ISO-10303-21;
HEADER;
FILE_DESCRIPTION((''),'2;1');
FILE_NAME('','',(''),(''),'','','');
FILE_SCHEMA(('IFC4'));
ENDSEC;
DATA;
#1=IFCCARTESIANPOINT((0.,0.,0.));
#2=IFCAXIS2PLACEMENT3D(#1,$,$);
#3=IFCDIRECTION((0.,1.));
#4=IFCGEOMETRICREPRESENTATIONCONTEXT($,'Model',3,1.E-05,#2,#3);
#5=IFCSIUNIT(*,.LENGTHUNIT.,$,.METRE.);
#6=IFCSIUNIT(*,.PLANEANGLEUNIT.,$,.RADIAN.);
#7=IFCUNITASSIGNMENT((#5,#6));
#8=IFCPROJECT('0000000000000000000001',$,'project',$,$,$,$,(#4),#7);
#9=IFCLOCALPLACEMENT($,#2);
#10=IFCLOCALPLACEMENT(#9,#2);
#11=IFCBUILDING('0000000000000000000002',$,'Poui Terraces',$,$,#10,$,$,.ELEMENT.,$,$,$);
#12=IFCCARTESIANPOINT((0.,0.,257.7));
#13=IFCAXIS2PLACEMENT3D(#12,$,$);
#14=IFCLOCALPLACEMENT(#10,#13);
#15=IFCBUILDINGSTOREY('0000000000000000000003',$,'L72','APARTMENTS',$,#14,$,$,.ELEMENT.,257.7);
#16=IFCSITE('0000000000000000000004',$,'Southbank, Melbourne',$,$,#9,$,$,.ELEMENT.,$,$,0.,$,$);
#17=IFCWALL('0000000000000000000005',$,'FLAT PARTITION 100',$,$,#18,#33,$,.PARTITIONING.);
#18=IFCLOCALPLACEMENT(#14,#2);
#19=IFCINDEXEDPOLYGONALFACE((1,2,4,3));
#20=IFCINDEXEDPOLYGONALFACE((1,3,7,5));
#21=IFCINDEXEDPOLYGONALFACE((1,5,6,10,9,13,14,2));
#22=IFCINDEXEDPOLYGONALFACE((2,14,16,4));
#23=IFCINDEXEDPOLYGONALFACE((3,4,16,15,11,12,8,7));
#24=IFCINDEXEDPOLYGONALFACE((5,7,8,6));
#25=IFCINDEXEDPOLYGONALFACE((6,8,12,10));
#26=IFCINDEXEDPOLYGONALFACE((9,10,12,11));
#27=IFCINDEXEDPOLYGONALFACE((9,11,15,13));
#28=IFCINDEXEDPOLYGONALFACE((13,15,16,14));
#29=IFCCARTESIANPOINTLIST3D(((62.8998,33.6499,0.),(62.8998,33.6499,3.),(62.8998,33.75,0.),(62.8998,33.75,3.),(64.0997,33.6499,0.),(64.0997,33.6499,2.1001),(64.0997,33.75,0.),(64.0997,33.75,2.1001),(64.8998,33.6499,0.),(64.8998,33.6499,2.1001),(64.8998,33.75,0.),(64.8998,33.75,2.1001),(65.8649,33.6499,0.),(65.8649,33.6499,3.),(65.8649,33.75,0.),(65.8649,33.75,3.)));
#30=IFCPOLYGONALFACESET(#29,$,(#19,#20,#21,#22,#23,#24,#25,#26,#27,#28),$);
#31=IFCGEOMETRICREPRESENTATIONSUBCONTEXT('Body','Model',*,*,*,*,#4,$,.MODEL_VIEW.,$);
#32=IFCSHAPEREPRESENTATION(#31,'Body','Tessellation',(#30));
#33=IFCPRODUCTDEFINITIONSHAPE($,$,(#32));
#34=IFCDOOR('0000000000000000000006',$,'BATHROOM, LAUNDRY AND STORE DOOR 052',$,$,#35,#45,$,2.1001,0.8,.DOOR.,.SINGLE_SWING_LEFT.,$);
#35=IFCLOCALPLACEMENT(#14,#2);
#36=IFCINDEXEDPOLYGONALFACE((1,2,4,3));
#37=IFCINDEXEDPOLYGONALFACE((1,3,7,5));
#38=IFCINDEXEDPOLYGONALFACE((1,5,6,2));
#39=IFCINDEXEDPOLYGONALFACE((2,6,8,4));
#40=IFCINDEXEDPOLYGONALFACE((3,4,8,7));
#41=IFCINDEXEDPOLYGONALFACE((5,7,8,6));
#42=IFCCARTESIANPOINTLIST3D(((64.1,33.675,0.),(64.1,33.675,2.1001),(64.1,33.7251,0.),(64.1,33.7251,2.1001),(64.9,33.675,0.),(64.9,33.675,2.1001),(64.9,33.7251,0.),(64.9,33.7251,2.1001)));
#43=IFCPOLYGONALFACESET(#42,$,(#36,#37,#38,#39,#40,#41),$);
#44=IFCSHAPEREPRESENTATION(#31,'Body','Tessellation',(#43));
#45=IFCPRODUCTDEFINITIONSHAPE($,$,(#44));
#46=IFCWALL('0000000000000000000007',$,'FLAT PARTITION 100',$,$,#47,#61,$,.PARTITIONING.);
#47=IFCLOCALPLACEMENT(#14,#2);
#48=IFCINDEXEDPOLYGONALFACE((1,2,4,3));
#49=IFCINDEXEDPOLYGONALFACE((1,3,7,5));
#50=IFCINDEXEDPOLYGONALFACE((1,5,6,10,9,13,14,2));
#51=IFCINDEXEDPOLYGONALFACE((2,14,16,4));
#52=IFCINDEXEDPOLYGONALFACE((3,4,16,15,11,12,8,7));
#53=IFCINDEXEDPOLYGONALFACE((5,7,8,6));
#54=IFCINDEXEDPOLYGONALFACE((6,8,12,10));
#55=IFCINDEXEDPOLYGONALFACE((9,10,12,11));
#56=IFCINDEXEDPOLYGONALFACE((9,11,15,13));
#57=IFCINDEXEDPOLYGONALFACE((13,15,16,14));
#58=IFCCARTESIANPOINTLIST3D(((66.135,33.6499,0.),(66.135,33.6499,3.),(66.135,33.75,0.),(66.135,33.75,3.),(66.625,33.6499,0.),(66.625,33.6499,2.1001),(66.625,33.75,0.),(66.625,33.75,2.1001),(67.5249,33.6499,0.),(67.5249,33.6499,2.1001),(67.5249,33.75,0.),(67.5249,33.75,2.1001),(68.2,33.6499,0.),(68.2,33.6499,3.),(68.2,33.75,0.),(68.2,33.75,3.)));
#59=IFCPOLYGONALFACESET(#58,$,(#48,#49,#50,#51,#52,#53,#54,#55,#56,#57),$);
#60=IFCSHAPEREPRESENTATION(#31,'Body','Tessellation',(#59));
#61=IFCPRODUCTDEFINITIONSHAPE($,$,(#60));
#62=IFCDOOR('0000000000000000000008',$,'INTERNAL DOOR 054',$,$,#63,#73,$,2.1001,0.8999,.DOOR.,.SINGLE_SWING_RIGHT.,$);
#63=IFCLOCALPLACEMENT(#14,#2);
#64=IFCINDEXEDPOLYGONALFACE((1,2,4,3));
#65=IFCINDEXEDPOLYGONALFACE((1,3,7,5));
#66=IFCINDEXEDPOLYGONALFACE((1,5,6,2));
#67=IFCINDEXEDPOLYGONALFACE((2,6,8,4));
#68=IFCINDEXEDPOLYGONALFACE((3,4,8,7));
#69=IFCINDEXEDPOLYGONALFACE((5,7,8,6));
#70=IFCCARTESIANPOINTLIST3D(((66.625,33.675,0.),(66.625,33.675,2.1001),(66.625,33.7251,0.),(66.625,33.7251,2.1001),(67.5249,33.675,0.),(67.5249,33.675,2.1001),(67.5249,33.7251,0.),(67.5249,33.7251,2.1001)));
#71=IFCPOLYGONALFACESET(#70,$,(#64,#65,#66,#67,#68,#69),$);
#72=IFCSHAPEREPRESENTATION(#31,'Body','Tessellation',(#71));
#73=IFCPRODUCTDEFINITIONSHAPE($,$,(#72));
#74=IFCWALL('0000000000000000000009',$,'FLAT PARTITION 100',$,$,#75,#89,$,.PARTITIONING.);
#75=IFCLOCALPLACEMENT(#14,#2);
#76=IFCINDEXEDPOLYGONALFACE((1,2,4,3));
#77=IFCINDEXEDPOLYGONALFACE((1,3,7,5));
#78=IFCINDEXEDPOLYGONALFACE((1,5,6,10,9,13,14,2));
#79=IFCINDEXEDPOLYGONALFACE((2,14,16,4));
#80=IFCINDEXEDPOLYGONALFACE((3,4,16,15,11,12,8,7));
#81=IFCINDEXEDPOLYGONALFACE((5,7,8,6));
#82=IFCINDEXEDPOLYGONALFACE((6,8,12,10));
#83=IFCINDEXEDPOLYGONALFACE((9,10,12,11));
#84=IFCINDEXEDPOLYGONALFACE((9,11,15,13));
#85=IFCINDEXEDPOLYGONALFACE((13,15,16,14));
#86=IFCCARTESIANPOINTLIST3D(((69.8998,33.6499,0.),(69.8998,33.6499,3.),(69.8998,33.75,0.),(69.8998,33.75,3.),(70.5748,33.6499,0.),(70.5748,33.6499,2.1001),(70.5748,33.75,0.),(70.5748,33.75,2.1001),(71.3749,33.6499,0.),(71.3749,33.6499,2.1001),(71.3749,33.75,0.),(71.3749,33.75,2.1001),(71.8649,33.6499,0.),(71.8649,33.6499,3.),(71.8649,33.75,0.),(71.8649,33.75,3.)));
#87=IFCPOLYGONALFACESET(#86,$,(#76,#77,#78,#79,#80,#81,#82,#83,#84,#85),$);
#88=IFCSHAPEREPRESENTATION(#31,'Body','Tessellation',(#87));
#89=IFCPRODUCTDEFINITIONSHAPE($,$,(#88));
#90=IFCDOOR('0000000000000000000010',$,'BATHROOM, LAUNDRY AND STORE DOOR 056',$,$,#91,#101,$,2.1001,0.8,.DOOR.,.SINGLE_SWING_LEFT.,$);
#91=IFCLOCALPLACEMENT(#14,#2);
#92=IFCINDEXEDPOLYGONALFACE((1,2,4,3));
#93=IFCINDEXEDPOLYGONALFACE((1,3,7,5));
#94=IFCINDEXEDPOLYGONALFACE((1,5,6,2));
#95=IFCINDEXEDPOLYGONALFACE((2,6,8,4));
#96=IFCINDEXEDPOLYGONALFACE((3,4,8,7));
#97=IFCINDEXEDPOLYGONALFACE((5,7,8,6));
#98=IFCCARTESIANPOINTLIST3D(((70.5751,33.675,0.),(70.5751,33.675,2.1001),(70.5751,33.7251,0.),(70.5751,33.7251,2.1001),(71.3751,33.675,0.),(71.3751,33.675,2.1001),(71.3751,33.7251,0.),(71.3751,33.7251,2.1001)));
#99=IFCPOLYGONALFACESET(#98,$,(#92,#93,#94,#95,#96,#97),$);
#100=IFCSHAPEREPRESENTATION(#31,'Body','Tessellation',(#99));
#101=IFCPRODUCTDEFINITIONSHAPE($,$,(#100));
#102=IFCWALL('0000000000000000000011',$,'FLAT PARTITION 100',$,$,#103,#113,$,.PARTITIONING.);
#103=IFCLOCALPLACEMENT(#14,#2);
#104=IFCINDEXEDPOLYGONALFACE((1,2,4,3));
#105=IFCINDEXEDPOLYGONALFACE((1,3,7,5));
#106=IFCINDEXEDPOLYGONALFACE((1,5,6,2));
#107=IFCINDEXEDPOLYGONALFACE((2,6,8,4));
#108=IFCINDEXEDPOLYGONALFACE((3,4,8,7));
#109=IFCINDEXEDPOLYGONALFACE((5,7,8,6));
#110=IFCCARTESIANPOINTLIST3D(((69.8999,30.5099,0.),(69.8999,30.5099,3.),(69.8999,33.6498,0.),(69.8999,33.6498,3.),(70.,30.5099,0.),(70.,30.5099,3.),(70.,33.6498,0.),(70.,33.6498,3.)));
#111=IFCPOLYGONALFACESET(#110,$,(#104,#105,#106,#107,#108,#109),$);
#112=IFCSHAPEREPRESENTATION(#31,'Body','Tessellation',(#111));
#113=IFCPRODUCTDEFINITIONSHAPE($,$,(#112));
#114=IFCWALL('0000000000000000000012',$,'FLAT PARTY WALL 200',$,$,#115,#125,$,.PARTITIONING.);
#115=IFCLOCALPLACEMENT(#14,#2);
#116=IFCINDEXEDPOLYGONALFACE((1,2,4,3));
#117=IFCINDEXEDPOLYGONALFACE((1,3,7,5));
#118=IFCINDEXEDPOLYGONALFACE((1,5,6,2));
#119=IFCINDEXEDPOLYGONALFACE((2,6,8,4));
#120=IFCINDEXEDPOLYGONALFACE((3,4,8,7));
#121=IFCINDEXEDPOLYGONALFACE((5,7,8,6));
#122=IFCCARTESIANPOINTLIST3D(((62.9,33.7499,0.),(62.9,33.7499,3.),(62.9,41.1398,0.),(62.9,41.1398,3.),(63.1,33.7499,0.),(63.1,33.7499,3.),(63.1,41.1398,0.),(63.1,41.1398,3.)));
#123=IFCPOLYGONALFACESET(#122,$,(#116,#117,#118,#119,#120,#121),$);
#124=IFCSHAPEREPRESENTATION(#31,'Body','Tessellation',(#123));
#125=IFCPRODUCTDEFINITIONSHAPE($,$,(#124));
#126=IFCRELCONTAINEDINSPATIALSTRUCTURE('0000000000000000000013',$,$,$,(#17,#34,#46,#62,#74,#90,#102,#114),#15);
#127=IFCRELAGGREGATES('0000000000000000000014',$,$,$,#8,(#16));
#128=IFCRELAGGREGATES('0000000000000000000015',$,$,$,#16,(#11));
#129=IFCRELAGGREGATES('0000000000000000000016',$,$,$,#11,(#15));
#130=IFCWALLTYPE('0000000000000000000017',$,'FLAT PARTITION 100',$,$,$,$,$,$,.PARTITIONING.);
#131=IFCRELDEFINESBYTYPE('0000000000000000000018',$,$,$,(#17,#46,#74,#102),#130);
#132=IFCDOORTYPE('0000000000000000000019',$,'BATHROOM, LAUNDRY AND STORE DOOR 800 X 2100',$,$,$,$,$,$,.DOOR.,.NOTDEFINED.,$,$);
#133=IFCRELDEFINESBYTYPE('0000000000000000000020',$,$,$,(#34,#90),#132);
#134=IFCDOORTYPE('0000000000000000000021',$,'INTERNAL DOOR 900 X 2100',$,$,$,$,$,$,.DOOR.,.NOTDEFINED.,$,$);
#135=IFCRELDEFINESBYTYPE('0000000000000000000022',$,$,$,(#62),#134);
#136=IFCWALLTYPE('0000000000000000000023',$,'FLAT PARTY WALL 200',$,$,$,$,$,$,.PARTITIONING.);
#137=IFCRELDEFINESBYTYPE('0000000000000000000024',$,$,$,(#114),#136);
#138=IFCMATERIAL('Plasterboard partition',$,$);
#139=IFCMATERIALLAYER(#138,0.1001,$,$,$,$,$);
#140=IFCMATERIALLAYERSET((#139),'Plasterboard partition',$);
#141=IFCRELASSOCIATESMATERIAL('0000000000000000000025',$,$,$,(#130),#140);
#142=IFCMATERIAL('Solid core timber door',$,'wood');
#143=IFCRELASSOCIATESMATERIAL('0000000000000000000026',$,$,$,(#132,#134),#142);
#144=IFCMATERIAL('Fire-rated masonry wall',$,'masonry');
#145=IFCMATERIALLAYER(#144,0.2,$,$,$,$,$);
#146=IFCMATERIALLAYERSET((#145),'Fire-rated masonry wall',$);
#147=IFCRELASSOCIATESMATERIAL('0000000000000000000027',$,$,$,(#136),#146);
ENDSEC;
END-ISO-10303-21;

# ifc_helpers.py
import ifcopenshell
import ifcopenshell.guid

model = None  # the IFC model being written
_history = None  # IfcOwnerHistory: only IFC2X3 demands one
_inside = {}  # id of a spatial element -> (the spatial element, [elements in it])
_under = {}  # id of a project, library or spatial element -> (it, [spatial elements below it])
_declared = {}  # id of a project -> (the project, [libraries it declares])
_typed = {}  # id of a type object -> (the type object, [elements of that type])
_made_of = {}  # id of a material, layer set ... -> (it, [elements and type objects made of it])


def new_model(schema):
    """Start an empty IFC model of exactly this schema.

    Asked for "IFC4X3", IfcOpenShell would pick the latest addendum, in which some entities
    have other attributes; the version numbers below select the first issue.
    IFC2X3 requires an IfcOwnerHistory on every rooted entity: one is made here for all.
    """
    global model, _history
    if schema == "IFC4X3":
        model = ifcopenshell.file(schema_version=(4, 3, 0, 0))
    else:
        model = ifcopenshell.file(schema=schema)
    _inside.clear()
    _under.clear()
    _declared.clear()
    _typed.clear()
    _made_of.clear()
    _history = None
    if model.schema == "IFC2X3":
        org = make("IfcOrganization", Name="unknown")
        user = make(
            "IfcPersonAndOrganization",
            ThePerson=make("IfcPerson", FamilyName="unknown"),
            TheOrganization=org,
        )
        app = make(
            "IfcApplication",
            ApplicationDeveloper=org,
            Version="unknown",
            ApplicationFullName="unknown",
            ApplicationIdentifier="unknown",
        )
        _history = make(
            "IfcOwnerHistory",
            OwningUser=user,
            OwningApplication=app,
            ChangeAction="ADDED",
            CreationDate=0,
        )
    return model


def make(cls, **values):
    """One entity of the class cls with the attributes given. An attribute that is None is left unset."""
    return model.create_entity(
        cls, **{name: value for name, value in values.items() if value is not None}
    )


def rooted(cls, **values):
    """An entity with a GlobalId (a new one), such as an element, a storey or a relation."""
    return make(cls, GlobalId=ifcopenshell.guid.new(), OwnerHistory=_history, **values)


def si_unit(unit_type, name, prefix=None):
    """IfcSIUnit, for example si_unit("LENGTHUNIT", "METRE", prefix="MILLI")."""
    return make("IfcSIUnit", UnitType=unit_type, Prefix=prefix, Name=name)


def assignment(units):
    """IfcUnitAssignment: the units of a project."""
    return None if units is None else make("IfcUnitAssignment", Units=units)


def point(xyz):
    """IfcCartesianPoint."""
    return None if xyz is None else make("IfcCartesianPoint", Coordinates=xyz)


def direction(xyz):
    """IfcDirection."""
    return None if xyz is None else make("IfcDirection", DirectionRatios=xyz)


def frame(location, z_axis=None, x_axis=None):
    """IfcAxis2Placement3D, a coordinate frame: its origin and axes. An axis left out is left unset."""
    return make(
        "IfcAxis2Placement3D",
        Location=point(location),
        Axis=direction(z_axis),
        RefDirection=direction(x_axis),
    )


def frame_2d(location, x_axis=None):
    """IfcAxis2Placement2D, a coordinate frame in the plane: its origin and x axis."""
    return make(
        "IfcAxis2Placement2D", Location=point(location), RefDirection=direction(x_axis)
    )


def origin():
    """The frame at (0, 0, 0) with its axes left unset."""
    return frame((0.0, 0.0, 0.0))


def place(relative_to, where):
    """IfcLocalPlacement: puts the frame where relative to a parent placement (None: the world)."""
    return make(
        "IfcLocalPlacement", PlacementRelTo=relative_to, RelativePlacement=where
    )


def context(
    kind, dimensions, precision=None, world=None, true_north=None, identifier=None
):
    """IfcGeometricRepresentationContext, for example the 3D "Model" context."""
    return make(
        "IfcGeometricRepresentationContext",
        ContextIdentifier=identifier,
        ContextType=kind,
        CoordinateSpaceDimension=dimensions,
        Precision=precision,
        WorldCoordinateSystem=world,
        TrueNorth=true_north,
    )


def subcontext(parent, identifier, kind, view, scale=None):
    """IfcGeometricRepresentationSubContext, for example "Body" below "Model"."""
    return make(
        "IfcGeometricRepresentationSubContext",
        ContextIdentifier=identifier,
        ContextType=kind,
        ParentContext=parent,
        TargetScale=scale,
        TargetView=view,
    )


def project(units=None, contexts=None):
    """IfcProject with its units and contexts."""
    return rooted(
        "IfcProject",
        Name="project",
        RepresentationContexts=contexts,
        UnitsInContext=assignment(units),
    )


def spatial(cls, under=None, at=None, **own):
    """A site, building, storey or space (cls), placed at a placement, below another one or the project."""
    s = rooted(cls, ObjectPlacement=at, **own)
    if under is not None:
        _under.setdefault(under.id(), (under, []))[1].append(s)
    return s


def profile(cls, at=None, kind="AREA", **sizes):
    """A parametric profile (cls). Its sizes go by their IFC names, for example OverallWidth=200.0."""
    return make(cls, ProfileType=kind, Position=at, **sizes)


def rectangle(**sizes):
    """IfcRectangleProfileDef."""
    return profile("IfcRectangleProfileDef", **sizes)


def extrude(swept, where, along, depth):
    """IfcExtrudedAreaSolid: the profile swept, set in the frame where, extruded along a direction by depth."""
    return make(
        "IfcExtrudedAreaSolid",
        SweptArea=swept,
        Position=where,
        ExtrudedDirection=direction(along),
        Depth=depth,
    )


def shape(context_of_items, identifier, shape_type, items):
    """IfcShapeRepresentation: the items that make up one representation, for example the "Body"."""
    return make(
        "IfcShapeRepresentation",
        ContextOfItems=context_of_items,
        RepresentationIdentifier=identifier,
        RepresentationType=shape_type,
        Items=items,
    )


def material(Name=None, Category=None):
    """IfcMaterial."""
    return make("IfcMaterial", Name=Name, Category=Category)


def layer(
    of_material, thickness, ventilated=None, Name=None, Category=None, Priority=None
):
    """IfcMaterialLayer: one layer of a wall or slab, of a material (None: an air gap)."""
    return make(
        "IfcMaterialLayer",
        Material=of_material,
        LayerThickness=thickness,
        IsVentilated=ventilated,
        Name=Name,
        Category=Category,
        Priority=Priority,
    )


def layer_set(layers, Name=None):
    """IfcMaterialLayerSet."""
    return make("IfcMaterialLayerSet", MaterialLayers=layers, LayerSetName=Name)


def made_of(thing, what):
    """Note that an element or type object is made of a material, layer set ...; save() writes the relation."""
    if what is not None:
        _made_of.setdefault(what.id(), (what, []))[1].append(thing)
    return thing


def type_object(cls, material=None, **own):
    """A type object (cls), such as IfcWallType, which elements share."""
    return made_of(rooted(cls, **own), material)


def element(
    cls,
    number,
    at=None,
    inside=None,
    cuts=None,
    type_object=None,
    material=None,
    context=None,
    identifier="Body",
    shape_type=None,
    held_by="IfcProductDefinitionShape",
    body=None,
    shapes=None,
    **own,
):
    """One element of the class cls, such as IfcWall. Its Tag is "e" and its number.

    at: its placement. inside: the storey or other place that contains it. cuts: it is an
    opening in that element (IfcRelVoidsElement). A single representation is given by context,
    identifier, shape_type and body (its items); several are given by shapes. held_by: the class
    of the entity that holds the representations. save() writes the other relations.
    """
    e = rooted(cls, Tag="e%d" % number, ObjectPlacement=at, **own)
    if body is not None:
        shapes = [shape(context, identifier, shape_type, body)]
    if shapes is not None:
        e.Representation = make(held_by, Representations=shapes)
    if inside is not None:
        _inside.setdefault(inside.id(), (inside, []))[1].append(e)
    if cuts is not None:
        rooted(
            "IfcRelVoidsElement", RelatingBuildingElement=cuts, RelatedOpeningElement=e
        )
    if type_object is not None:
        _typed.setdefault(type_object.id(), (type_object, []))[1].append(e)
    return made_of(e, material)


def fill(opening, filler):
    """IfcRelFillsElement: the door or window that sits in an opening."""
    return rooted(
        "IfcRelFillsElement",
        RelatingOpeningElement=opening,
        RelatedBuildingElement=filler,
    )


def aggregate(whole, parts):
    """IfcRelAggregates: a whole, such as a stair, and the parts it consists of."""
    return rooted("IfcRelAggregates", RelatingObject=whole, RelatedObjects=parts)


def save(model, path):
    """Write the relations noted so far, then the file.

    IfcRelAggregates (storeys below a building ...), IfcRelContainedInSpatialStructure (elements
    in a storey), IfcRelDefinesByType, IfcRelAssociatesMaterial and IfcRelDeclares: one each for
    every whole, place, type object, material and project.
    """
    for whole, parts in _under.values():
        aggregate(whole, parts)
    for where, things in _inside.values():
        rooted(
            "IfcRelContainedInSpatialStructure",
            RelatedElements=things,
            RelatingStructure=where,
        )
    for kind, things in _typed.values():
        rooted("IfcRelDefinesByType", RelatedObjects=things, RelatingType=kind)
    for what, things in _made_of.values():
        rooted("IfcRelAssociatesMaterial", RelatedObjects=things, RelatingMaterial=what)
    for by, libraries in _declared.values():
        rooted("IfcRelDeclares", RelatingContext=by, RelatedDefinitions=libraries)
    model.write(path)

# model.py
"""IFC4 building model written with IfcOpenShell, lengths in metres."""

from ifc_helpers import new_model, si_unit, direction, frame, frame_2d, origin, place, context, subcontext, project, spatial, rectangle, extrude, material, layer, layer_set, type_object, element, fill, save


model = new_model("IFC4")

# Units and contexts
model_context = context("Model", 3, precision=1e-05, world=origin(), true_north=direction((0.0, 1.0)))
body_context = subcontext(model_context, "Body", "Model", "MODEL_VIEW")
ifc_project = project(units=[si_unit("LENGTHUNIT", "METRE"), si_unit("PLANEANGLEUNIT", "RADIAN")], contexts=[model_context])

# Site, building, storey
site_placement = place(None, origin())
site = spatial("IfcSite", under=ifc_project, at=site_placement, Name="Southbank, Melbourne", CompositionType="ELEMENT", RefElevation=0.0)
building_placement = place(site_placement, origin())
building = spatial("IfcBuilding", under=site, at=building_placement, Name="Poui Terraces", CompositionType="ELEMENT")
storey_placement = place(building_placement, frame((0.0, 0.0, 257.7)))
storey = spatial("IfcBuildingStorey", under=building, at=storey_placement, Name="L72", Description="APARTMENTS", CompositionType="ELEMENT", Elevation=257.7)

# Walls, openings, doors
ifc_material_1 = material(Name="Plasterboard partition")
ifc_layer_1 = layer(ifc_material_1, 0.1001)
ifc_layer_set_1 = layer_set([ifc_layer_1], Name="Plasterboard partition")
wall_type_1 = type_object("IfcWallType", Name="FLAT PARTITION 100", PredefinedType="PARTITIONING", material=ifc_layer_set_1)
wall_1_placement = place(storey_placement, frame((62.8999, 33.7, 0.0), z_axis=(0.0, 0.0, 1.0), x_axis=(1.0, 0.0, 0.0)))
wall_1 = element("IfcWall", 1, at=wall_1_placement, inside=storey, type_object=wall_type_1, Name="FLAT PARTITION 100", PredefinedType="PARTITIONING", context=body_context, shape_type="SweptSolid", body=[
    extrude(rectangle(XDim=2.9651, YDim=0.1001, at=frame_2d((1.4824, 0.0))), origin(), (0.0, 0.0, 1.0), 3.0),
])
opening_1_placement = place(wall_1_placement, frame((1.2, 0.0, 0.0)))
opening_1 = element("IfcOpeningElement", 2, at=opening_1_placement, cuts=wall_1, PredefinedType="OPENING", context=body_context, shape_type="SweptSolid", body=[
    extrude(rectangle(XDim=0.8, YDim=2.1001, at=frame_2d((0.3999, 1.05))), frame((0.0, 0.0601, 0.0), z_axis=(0.0, -1.0, 0.0), x_axis=(1.0, 0.0, 0.0)), (0.0, 0.0, 1.0), 0.1201),
])
ifc_material_2 = material(Name="Solid core timber door", Category="wood")
door_type_1 = type_object("IfcDoorType", Name="BATHROOM, LAUNDRY AND STORE DOOR 800 X 2100", OperationType="NOTDEFINED", PredefinedType="DOOR", material=ifc_material_2)
door_1_placement = place(opening_1_placement, frame((0.8, 0.0, 0.0), z_axis=(0.0, 0.0, 1.0), x_axis=(-1.0, 0.0, 0.0)))
door_1 = element("IfcDoor", 3, at=door_1_placement, inside=storey, type_object=door_type_1, Name="BATHROOM, LAUNDRY AND STORE DOOR 052", OperationType="SINGLE_SWING_LEFT", OverallHeight=2.1001, OverallWidth=0.8, PredefinedType="DOOR", context=body_context, shape_type="SweptSolid", body=[
    extrude(rectangle(XDim=0.8, YDim=2.1001, at=frame_2d((0.3999, 1.05))), frame((0.0, 0.0249, 0.0), z_axis=(0.0, -1.0, 0.0), x_axis=(1.0, 0.0, 0.0)), (0.0, 0.0, 1.0), 0.05),
])
fill(opening_1, door_1)
wall_2_placement = place(storey_placement, frame((66.135, 33.7, 0.0), z_axis=(0.0, 0.0, 1.0), x_axis=(1.0, 0.0, 0.0)))
wall_2 = element("IfcWall", 4, at=wall_2_placement, inside=storey, type_object=wall_type_1, Name="FLAT PARTITION 100", PredefinedType="PARTITIONING", context=body_context, shape_type="SweptSolid", body=[
    extrude(rectangle(XDim=2.0649, YDim=0.1001, at=frame_2d((1.0325, 0.0))), origin(), (0.0, 0.0, 1.0), 3.0),
])
opening_2_placement = place(wall_2_placement, frame((0.49, 0.0, 0.0)))
opening_2 = element("IfcOpeningElement", 5, at=opening_2_placement, cuts=wall_2, PredefinedType="OPENING", context=body_context, shape_type="SweptSolid", body=[
    extrude(rectangle(XDim=0.8999, YDim=2.1001, at=frame_2d((0.45, 1.05))), frame((0.0, 0.0601, 0.0), z_axis=(0.0, -1.0, 0.0), x_axis=(1.0, 0.0, 0.0)), (0.0, 0.0, 1.0), 0.1201),
])
door_type_2 = type_object("IfcDoorType", Name="INTERNAL DOOR 900 X 2100", OperationType="NOTDEFINED", PredefinedType="DOOR", material=ifc_material_2)
door_2_placement = place(opening_2_placement, frame((0.8999, 0.0, 0.0), z_axis=(0.0, 0.0, 1.0), x_axis=(-1.0, 0.0, 0.0)))
door_2 = element("IfcDoor", 6, at=door_2_placement, inside=storey, type_object=door_type_2, Name="INTERNAL DOOR 054", OperationType="SINGLE_SWING_RIGHT", OverallHeight=2.1001, OverallWidth=0.8999, PredefinedType="DOOR", context=body_context, shape_type="SweptSolid", body=[
    extrude(rectangle(XDim=0.8999, YDim=2.1001, at=frame_2d((0.45, 1.05))), frame((0.0, 0.0249, 0.0), z_axis=(0.0, -1.0, 0.0), x_axis=(1.0, 0.0, 0.0)), (0.0, 0.0, 1.0), 0.05),
])
fill(opening_2, door_2)
wall_3_placement = place(storey_placement, frame((69.8999, 33.7, 0.0), z_axis=(0.0, 0.0, 1.0), x_axis=(1.0, 0.0, 0.0)))
wall_3 = element("IfcWall", 7, at=wall_3_placement, inside=storey, type_object=wall_type_1, Name="FLAT PARTITION 100", PredefinedType="PARTITIONING", context=body_context, shape_type="SweptSolid", body=[
    extrude(rectangle(XDim=1.9651, YDim=0.1001, at=frame_2d((0.9824, 0.0))), origin(), (0.0, 0.0, 1.0), 3.0),
])
opening_3_placement = place(wall_3_placement, frame((0.675, 0.0, 0.0)))
opening_3 = element("IfcOpeningElement", 8, at=opening_3_placement, cuts=wall_3, PredefinedType="OPENING", context=body_context, shape_type="SweptSolid", body=[
    extrude(rectangle(XDim=0.8, YDim=2.1001, at=frame_2d((0.3999, 1.05))), frame((0.0, 0.0601, 0.0), z_axis=(0.0, -1.0, 0.0), x_axis=(1.0, 0.0, 0.0)), (0.0, 0.0, 1.0), 0.1201),
])
door_3_placement = place(opening_3_placement, frame((0.8, 0.0, 0.0), z_axis=(0.0, 0.0, 1.0), x_axis=(-1.0, 0.0, 0.0)))
door_3 = element("IfcDoor", 9, at=door_3_placement, inside=storey, type_object=door_type_1, Name="BATHROOM, LAUNDRY AND STORE DOOR 056", OperationType="SINGLE_SWING_LEFT", OverallHeight=2.1001, OverallWidth=0.8, PredefinedType="DOOR", context=body_context, shape_type="SweptSolid", body=[
    extrude(rectangle(XDim=0.8, YDim=2.1001, at=frame_2d((0.3999, 1.05))), frame((0.0, 0.0249, 0.0), z_axis=(0.0, -1.0, 0.0), x_axis=(1.0, 0.0, 0.0)), (0.0, 0.0, 1.0), 0.05),
])
fill(opening_3, door_3)

# Walls
wall_4_placement = place(storey_placement, frame((69.95, 30.51, 0.0), z_axis=(0.0, 0.0, 1.0), x_axis=(0.0, 1.0, 0.0)))
element("IfcWall", 10, at=wall_4_placement, inside=storey, type_object=wall_type_1, Name="FLAT PARTITION 100", PredefinedType="PARTITIONING", context=body_context, shape_type="SweptSolid", body=[
    extrude(rectangle(XDim=3.1399, YDim=0.1001, at=frame_2d((1.5698, 0.0))), origin(), (0.0, 0.0, 1.0), 3.0),
])
ifc_material_3 = material(Name="Fire-rated masonry wall", Category="masonry")
ifc_layer_2 = layer(ifc_material_3, 0.2)
ifc_layer_set_2 = layer_set([ifc_layer_2], Name="Fire-rated masonry wall")
wall_type_2 = type_object("IfcWallType", Name="FLAT PARTY WALL 200", PredefinedType="PARTITIONING", material=ifc_layer_set_2)
wall_5_placement = place(storey_placement, frame((63.0, 33.75, 0.0), z_axis=(0.0, 0.0, 1.0), x_axis=(0.0, 1.0, 0.0)))
element("IfcWall", 11, at=wall_5_placement, inside=storey, type_object=wall_type_2, Name="FLAT PARTY WALL 200", PredefinedType="PARTITIONING", context=body_context, shape_type="SweptSolid", body=[
    extrude(rectangle(XDim=7.3899, YDim=0.2, at=frame_2d((3.6948, 0.0))), origin(), (0.0, 0.0, 1.0), 3.0),
])

save(model, "model.ifc")
